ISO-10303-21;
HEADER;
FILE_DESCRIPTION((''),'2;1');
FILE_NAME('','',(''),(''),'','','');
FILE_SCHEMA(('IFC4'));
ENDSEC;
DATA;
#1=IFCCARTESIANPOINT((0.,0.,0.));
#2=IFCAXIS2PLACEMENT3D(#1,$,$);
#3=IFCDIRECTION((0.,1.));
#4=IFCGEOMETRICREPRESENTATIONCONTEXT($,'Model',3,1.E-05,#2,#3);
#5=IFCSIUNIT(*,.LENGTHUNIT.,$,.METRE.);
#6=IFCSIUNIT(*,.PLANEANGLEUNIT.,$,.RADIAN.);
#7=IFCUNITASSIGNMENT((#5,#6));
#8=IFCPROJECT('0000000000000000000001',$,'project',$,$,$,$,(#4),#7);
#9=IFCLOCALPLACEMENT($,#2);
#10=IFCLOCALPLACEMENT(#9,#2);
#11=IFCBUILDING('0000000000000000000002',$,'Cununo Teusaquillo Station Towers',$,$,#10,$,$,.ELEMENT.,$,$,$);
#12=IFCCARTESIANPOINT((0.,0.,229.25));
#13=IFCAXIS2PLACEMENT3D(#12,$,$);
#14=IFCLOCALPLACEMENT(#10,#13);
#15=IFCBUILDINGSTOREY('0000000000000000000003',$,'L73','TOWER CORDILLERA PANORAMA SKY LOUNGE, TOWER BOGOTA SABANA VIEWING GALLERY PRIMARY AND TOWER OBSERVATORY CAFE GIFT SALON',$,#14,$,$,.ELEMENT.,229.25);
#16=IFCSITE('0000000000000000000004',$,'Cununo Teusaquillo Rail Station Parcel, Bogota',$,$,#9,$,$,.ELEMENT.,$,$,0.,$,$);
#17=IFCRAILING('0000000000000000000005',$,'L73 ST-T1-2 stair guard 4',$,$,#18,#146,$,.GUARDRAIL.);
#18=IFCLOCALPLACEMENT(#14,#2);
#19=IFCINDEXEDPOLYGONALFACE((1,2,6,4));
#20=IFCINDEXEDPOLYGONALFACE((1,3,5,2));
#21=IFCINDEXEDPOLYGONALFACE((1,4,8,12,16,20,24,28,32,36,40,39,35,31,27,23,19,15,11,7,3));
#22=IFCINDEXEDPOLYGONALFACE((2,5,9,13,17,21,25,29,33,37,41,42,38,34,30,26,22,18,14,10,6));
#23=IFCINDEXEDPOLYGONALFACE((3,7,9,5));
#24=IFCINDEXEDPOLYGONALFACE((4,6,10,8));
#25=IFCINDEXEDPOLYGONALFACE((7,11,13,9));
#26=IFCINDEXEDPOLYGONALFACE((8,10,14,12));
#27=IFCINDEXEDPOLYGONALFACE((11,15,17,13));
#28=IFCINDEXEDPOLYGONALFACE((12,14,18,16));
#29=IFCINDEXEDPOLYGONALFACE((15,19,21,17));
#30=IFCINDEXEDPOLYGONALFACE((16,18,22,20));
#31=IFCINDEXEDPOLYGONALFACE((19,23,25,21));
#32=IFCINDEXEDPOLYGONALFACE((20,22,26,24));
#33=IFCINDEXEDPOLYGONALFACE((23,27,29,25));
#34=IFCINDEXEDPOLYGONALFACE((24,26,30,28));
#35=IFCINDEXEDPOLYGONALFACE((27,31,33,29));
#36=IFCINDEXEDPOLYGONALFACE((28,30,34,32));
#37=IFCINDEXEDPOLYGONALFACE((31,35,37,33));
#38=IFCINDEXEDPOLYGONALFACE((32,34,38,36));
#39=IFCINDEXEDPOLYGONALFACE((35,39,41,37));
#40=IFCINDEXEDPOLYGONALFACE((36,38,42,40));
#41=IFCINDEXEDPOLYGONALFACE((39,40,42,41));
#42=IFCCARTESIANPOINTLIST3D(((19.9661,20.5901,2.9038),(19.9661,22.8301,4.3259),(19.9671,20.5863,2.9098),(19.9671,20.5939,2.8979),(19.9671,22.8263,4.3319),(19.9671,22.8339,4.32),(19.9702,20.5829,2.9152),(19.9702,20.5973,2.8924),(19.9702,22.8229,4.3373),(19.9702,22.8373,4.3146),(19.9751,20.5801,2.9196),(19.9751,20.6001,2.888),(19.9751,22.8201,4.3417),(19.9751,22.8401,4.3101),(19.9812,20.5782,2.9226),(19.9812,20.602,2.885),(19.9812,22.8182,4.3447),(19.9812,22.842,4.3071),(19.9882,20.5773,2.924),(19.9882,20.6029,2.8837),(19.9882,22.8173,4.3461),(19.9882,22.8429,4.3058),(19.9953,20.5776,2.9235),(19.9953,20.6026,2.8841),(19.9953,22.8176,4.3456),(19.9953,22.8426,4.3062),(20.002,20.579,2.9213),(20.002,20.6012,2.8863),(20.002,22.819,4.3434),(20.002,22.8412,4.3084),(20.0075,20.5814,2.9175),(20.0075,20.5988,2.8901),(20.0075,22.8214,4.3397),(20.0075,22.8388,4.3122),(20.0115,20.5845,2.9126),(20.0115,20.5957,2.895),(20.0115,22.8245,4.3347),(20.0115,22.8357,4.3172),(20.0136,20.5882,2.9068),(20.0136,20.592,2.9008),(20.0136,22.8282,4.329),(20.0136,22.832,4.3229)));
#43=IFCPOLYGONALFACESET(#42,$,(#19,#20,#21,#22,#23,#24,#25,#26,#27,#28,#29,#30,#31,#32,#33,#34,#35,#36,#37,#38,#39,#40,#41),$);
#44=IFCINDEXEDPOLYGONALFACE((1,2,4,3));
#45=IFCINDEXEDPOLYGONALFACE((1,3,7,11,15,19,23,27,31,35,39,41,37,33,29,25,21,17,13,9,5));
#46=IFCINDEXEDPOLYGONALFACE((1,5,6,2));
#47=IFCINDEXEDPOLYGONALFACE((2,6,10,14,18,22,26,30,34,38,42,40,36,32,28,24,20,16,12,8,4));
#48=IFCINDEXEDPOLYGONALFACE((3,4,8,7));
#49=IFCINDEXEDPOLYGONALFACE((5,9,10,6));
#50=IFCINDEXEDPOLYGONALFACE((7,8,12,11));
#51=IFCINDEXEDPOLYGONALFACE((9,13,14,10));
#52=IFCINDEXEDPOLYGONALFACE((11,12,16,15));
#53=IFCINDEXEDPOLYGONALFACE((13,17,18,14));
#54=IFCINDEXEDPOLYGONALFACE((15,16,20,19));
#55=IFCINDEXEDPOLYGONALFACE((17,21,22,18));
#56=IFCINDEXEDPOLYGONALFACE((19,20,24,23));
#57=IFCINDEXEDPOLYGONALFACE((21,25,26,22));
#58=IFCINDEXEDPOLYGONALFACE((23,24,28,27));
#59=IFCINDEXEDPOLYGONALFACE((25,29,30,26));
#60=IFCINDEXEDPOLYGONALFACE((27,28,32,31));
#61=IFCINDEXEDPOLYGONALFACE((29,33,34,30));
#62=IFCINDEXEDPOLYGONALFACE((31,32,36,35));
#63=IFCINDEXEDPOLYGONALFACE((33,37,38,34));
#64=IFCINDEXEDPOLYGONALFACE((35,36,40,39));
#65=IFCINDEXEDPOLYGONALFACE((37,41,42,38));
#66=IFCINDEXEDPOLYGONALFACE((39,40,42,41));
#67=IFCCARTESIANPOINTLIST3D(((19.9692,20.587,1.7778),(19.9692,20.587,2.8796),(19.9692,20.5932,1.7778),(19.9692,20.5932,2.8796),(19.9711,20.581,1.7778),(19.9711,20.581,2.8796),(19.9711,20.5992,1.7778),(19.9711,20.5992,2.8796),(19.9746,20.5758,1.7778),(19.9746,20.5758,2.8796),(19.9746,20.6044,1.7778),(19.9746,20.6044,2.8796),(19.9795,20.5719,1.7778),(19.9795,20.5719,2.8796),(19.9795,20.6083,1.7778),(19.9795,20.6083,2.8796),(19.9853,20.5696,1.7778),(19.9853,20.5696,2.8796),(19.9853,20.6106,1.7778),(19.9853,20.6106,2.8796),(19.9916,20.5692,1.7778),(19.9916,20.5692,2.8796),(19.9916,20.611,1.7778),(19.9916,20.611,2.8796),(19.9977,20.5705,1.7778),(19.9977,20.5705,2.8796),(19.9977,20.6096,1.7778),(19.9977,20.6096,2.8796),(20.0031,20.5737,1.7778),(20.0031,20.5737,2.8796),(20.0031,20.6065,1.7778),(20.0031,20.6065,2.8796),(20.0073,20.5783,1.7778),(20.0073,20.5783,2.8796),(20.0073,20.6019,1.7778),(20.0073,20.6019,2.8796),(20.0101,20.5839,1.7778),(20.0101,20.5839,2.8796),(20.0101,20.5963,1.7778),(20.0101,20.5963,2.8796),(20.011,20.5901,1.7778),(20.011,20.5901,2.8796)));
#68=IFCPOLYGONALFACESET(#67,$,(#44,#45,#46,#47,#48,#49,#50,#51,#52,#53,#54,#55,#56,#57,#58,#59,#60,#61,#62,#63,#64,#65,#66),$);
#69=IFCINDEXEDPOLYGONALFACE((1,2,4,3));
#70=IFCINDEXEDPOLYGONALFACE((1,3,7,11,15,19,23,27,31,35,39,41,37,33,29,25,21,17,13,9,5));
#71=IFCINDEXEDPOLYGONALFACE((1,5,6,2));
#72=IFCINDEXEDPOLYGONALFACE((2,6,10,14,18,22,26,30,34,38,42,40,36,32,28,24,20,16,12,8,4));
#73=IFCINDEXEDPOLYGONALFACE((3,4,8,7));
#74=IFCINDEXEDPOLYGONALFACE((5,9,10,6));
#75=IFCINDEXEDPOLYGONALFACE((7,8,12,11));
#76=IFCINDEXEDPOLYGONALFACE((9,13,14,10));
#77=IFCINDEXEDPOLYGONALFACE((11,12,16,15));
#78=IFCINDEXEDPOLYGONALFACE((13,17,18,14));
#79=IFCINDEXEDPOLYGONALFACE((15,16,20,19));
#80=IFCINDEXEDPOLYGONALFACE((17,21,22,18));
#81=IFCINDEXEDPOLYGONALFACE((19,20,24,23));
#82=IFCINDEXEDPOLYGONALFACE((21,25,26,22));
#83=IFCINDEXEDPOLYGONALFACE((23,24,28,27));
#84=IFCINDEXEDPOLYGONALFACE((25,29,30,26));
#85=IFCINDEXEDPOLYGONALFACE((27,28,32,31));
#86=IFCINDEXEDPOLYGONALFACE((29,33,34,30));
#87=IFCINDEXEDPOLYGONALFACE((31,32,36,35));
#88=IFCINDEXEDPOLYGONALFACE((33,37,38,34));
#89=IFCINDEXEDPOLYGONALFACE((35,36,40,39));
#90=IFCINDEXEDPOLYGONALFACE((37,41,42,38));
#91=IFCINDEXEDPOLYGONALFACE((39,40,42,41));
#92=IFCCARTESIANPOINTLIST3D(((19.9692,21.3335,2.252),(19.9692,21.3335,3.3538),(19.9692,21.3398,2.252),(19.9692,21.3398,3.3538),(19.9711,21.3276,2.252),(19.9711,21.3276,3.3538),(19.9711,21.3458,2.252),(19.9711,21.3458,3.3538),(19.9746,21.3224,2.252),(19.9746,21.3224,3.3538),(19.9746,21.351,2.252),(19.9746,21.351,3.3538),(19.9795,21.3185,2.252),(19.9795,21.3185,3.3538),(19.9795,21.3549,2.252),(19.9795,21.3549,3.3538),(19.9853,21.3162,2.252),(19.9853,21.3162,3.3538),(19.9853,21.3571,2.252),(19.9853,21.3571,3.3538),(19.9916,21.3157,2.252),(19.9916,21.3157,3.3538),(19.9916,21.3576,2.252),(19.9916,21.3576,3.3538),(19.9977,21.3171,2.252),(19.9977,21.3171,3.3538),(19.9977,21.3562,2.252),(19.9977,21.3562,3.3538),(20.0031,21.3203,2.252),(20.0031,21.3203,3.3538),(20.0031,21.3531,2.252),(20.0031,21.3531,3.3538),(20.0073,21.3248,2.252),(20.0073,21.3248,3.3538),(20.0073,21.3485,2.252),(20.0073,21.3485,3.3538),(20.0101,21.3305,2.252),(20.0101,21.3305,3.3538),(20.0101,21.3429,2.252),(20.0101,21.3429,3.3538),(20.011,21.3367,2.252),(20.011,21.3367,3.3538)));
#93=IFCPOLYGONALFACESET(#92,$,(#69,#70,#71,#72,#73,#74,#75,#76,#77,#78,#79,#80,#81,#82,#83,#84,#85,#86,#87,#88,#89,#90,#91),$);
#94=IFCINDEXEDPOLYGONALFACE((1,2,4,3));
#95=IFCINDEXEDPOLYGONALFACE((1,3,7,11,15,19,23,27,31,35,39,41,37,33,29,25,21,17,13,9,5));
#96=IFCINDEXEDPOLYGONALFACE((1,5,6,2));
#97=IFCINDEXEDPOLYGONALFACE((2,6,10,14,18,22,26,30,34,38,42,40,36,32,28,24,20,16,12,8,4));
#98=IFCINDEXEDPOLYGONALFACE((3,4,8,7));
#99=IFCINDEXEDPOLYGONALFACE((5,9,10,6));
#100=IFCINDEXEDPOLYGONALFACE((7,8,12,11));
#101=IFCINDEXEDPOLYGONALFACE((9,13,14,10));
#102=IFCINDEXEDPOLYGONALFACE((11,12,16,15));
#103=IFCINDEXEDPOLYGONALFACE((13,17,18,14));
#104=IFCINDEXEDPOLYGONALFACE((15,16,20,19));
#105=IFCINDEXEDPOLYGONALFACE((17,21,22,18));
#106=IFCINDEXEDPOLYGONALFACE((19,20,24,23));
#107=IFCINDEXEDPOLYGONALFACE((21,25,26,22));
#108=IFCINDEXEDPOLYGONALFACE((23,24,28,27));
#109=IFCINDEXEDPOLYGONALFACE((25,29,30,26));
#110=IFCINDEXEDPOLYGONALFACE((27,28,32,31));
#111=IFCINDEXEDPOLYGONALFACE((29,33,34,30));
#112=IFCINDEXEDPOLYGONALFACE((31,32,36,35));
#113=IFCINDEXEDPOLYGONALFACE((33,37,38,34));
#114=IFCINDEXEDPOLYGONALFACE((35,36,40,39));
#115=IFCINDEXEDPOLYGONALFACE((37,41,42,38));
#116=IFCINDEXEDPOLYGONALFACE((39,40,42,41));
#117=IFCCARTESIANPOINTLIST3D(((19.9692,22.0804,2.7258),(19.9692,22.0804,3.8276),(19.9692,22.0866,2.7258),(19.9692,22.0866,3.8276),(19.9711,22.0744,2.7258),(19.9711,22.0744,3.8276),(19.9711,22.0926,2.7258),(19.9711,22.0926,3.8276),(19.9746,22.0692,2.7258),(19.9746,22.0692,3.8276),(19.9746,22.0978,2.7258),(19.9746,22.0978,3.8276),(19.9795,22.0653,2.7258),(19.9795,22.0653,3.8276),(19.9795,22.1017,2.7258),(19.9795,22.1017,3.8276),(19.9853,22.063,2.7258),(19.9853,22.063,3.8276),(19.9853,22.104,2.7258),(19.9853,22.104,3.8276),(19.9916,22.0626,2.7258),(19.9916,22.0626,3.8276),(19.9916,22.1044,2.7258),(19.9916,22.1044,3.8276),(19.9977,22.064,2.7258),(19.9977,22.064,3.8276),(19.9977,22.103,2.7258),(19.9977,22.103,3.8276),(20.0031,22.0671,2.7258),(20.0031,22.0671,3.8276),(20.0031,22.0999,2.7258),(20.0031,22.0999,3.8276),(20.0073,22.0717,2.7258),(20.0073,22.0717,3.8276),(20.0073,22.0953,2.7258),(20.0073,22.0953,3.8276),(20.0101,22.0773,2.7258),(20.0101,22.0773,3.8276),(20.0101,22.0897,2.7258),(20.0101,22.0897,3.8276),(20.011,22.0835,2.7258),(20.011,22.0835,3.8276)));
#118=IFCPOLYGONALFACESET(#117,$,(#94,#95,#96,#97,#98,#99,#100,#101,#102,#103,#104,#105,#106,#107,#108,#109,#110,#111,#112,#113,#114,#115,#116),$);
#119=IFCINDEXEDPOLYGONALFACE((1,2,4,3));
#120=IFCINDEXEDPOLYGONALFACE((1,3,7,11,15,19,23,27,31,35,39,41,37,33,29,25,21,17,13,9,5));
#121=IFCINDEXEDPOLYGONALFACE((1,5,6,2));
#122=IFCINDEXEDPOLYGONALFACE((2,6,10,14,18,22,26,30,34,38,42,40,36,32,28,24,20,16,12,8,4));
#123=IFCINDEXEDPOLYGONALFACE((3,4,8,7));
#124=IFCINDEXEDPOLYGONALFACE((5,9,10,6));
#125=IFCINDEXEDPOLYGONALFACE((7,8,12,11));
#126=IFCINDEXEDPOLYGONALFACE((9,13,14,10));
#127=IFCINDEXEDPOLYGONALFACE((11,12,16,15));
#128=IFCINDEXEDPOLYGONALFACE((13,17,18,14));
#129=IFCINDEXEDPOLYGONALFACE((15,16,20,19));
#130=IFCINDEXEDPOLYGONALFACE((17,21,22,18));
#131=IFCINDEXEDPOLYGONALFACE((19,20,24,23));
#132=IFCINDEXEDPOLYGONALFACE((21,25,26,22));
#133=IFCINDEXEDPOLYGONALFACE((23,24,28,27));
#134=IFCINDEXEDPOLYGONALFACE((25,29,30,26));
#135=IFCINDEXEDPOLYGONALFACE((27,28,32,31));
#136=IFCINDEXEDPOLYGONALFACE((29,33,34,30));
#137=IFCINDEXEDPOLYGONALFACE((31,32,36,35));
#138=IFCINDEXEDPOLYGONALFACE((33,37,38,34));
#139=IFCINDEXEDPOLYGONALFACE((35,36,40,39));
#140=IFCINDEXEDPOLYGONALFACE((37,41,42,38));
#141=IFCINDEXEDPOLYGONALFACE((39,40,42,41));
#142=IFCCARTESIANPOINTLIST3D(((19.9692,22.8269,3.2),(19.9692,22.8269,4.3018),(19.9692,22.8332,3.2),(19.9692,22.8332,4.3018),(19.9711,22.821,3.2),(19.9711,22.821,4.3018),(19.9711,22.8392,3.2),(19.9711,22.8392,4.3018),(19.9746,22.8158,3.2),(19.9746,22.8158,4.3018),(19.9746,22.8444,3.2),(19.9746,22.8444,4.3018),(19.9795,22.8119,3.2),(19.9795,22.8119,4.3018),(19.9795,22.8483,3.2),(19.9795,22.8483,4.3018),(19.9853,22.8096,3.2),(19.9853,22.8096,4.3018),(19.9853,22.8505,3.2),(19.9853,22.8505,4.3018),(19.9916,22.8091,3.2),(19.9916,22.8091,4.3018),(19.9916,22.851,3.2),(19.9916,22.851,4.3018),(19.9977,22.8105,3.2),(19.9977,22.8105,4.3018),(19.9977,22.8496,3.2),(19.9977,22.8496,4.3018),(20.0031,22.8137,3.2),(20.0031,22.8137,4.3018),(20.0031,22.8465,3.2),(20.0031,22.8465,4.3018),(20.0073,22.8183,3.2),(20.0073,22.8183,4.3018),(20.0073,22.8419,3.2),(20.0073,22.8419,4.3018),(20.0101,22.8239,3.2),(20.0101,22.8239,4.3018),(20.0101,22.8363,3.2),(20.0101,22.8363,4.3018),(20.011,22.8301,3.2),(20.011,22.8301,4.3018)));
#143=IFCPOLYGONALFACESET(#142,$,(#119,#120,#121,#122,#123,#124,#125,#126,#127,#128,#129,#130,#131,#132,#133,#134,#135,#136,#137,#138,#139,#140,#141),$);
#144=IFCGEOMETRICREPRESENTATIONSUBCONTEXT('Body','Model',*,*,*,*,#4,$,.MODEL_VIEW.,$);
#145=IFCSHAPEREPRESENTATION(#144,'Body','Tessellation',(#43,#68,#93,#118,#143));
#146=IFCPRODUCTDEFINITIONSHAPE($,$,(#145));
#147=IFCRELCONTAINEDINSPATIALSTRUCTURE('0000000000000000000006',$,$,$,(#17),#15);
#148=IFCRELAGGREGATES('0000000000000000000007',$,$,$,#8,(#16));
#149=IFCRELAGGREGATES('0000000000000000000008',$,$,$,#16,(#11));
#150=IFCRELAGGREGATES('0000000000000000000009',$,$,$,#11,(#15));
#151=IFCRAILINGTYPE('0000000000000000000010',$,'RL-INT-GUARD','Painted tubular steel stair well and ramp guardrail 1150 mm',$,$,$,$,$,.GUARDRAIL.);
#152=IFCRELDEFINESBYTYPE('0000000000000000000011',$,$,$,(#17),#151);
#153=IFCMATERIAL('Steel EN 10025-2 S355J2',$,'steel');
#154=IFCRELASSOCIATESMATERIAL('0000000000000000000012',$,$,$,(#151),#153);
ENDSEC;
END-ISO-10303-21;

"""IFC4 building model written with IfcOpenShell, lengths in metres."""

from ifc_helpers import new_model, si_unit, direction, frame, origin, origin_2d, place, context, subcontext, project, spatial, circle, extrude, material, type_object, element, save


model = new_model("IFC4")

# Units and contexts
model_context = context("Model", 3, precision=1e-05, world=origin(), true_north=direction((0.0, 1.0)))
body_context = subcontext(model_context, "Body", "Model", "MODEL_VIEW")
ifc_project = project(units=[si_unit("LENGTHUNIT", "METRE"), si_unit("PLANEANGLEUNIT", "RADIAN")], contexts=[model_context])

# Site, building, storey
site_placement = place(None, origin())
site = spatial("IfcSite", under=ifc_project, at=site_placement, Name="Cununo Teusaquillo Rail Station Parcel, Bogota", CompositionType="ELEMENT", RefElevation=0.0)
building_placement = place(site_placement, origin())
building = spatial("IfcBuilding", under=site, at=building_placement, Name="Cununo Teusaquillo Station Towers", CompositionType="ELEMENT")
storey_placement = place(building_placement, frame((0.0, 0.0, 229.25)))
storey = spatial("IfcBuildingStorey", under=building, at=storey_placement, Name="L73", Description="TOWER CORDILLERA PANORAMA SKY LOUNGE, TOWER BOGOTA SABANA VIEWING GALLERY PRIMARY AND TOWER OBSERVATORY CAFE GIFT SALON", CompositionType="ELEMENT", Elevation=229.25)

# Railing
ifc_material_1 = material(Name="Steel EN 10025-2 S355J2", Category="steel")
railing_type_1 = type_object("IfcRailingType", Name="RL-INT-GUARD", Description="Painted tubular steel stair well and ramp guardrail 1150 mm", PredefinedType="GUARDRAIL", material=ifc_material_1)
railing_1_placement = place(storey_placement, frame((19.99, 20.5901, 1.7778)))
element("IfcRailing", 1, at=railing_1_placement, inside=storey, type_object=railing_type_1, Name="L73 ST-T1-2 stair guard 4", PredefinedType="GUARDRAIL", context=body_context, shape_type="SweptSolid", body=[
    extrude(circle(Radius=0.0239, at=origin_2d()), frame((0.0, 0.0, 1.126), z_axis=(0.0, 0.844229, 0.535982), x_axis=(-1.0, 0.0, 0.0)), (0.0, 0.0, 1.0), 2.6533),
    extrude(circle(Radius=0.021, at=origin_2d()), origin(), (0.0, 0.0, 1.0), 1.1018),
    extrude(circle(Radius=0.021, at=origin_2d()), frame((0.0, 0.7466, 0.4741)), (0.0, 0.0, 1.0), 1.1018),
    extrude(circle(Radius=0.021, at=origin_2d()), frame((0.0, 1.4934, 0.948)), (0.0, 0.0, 1.0), 1.1018),
    extrude(circle(Radius=0.021, at=origin_2d()), frame((0.0, 2.24, 1.4221)), (0.0, 0.0, 1.0), 1.1018),
])

save(model, "model.ifc")
